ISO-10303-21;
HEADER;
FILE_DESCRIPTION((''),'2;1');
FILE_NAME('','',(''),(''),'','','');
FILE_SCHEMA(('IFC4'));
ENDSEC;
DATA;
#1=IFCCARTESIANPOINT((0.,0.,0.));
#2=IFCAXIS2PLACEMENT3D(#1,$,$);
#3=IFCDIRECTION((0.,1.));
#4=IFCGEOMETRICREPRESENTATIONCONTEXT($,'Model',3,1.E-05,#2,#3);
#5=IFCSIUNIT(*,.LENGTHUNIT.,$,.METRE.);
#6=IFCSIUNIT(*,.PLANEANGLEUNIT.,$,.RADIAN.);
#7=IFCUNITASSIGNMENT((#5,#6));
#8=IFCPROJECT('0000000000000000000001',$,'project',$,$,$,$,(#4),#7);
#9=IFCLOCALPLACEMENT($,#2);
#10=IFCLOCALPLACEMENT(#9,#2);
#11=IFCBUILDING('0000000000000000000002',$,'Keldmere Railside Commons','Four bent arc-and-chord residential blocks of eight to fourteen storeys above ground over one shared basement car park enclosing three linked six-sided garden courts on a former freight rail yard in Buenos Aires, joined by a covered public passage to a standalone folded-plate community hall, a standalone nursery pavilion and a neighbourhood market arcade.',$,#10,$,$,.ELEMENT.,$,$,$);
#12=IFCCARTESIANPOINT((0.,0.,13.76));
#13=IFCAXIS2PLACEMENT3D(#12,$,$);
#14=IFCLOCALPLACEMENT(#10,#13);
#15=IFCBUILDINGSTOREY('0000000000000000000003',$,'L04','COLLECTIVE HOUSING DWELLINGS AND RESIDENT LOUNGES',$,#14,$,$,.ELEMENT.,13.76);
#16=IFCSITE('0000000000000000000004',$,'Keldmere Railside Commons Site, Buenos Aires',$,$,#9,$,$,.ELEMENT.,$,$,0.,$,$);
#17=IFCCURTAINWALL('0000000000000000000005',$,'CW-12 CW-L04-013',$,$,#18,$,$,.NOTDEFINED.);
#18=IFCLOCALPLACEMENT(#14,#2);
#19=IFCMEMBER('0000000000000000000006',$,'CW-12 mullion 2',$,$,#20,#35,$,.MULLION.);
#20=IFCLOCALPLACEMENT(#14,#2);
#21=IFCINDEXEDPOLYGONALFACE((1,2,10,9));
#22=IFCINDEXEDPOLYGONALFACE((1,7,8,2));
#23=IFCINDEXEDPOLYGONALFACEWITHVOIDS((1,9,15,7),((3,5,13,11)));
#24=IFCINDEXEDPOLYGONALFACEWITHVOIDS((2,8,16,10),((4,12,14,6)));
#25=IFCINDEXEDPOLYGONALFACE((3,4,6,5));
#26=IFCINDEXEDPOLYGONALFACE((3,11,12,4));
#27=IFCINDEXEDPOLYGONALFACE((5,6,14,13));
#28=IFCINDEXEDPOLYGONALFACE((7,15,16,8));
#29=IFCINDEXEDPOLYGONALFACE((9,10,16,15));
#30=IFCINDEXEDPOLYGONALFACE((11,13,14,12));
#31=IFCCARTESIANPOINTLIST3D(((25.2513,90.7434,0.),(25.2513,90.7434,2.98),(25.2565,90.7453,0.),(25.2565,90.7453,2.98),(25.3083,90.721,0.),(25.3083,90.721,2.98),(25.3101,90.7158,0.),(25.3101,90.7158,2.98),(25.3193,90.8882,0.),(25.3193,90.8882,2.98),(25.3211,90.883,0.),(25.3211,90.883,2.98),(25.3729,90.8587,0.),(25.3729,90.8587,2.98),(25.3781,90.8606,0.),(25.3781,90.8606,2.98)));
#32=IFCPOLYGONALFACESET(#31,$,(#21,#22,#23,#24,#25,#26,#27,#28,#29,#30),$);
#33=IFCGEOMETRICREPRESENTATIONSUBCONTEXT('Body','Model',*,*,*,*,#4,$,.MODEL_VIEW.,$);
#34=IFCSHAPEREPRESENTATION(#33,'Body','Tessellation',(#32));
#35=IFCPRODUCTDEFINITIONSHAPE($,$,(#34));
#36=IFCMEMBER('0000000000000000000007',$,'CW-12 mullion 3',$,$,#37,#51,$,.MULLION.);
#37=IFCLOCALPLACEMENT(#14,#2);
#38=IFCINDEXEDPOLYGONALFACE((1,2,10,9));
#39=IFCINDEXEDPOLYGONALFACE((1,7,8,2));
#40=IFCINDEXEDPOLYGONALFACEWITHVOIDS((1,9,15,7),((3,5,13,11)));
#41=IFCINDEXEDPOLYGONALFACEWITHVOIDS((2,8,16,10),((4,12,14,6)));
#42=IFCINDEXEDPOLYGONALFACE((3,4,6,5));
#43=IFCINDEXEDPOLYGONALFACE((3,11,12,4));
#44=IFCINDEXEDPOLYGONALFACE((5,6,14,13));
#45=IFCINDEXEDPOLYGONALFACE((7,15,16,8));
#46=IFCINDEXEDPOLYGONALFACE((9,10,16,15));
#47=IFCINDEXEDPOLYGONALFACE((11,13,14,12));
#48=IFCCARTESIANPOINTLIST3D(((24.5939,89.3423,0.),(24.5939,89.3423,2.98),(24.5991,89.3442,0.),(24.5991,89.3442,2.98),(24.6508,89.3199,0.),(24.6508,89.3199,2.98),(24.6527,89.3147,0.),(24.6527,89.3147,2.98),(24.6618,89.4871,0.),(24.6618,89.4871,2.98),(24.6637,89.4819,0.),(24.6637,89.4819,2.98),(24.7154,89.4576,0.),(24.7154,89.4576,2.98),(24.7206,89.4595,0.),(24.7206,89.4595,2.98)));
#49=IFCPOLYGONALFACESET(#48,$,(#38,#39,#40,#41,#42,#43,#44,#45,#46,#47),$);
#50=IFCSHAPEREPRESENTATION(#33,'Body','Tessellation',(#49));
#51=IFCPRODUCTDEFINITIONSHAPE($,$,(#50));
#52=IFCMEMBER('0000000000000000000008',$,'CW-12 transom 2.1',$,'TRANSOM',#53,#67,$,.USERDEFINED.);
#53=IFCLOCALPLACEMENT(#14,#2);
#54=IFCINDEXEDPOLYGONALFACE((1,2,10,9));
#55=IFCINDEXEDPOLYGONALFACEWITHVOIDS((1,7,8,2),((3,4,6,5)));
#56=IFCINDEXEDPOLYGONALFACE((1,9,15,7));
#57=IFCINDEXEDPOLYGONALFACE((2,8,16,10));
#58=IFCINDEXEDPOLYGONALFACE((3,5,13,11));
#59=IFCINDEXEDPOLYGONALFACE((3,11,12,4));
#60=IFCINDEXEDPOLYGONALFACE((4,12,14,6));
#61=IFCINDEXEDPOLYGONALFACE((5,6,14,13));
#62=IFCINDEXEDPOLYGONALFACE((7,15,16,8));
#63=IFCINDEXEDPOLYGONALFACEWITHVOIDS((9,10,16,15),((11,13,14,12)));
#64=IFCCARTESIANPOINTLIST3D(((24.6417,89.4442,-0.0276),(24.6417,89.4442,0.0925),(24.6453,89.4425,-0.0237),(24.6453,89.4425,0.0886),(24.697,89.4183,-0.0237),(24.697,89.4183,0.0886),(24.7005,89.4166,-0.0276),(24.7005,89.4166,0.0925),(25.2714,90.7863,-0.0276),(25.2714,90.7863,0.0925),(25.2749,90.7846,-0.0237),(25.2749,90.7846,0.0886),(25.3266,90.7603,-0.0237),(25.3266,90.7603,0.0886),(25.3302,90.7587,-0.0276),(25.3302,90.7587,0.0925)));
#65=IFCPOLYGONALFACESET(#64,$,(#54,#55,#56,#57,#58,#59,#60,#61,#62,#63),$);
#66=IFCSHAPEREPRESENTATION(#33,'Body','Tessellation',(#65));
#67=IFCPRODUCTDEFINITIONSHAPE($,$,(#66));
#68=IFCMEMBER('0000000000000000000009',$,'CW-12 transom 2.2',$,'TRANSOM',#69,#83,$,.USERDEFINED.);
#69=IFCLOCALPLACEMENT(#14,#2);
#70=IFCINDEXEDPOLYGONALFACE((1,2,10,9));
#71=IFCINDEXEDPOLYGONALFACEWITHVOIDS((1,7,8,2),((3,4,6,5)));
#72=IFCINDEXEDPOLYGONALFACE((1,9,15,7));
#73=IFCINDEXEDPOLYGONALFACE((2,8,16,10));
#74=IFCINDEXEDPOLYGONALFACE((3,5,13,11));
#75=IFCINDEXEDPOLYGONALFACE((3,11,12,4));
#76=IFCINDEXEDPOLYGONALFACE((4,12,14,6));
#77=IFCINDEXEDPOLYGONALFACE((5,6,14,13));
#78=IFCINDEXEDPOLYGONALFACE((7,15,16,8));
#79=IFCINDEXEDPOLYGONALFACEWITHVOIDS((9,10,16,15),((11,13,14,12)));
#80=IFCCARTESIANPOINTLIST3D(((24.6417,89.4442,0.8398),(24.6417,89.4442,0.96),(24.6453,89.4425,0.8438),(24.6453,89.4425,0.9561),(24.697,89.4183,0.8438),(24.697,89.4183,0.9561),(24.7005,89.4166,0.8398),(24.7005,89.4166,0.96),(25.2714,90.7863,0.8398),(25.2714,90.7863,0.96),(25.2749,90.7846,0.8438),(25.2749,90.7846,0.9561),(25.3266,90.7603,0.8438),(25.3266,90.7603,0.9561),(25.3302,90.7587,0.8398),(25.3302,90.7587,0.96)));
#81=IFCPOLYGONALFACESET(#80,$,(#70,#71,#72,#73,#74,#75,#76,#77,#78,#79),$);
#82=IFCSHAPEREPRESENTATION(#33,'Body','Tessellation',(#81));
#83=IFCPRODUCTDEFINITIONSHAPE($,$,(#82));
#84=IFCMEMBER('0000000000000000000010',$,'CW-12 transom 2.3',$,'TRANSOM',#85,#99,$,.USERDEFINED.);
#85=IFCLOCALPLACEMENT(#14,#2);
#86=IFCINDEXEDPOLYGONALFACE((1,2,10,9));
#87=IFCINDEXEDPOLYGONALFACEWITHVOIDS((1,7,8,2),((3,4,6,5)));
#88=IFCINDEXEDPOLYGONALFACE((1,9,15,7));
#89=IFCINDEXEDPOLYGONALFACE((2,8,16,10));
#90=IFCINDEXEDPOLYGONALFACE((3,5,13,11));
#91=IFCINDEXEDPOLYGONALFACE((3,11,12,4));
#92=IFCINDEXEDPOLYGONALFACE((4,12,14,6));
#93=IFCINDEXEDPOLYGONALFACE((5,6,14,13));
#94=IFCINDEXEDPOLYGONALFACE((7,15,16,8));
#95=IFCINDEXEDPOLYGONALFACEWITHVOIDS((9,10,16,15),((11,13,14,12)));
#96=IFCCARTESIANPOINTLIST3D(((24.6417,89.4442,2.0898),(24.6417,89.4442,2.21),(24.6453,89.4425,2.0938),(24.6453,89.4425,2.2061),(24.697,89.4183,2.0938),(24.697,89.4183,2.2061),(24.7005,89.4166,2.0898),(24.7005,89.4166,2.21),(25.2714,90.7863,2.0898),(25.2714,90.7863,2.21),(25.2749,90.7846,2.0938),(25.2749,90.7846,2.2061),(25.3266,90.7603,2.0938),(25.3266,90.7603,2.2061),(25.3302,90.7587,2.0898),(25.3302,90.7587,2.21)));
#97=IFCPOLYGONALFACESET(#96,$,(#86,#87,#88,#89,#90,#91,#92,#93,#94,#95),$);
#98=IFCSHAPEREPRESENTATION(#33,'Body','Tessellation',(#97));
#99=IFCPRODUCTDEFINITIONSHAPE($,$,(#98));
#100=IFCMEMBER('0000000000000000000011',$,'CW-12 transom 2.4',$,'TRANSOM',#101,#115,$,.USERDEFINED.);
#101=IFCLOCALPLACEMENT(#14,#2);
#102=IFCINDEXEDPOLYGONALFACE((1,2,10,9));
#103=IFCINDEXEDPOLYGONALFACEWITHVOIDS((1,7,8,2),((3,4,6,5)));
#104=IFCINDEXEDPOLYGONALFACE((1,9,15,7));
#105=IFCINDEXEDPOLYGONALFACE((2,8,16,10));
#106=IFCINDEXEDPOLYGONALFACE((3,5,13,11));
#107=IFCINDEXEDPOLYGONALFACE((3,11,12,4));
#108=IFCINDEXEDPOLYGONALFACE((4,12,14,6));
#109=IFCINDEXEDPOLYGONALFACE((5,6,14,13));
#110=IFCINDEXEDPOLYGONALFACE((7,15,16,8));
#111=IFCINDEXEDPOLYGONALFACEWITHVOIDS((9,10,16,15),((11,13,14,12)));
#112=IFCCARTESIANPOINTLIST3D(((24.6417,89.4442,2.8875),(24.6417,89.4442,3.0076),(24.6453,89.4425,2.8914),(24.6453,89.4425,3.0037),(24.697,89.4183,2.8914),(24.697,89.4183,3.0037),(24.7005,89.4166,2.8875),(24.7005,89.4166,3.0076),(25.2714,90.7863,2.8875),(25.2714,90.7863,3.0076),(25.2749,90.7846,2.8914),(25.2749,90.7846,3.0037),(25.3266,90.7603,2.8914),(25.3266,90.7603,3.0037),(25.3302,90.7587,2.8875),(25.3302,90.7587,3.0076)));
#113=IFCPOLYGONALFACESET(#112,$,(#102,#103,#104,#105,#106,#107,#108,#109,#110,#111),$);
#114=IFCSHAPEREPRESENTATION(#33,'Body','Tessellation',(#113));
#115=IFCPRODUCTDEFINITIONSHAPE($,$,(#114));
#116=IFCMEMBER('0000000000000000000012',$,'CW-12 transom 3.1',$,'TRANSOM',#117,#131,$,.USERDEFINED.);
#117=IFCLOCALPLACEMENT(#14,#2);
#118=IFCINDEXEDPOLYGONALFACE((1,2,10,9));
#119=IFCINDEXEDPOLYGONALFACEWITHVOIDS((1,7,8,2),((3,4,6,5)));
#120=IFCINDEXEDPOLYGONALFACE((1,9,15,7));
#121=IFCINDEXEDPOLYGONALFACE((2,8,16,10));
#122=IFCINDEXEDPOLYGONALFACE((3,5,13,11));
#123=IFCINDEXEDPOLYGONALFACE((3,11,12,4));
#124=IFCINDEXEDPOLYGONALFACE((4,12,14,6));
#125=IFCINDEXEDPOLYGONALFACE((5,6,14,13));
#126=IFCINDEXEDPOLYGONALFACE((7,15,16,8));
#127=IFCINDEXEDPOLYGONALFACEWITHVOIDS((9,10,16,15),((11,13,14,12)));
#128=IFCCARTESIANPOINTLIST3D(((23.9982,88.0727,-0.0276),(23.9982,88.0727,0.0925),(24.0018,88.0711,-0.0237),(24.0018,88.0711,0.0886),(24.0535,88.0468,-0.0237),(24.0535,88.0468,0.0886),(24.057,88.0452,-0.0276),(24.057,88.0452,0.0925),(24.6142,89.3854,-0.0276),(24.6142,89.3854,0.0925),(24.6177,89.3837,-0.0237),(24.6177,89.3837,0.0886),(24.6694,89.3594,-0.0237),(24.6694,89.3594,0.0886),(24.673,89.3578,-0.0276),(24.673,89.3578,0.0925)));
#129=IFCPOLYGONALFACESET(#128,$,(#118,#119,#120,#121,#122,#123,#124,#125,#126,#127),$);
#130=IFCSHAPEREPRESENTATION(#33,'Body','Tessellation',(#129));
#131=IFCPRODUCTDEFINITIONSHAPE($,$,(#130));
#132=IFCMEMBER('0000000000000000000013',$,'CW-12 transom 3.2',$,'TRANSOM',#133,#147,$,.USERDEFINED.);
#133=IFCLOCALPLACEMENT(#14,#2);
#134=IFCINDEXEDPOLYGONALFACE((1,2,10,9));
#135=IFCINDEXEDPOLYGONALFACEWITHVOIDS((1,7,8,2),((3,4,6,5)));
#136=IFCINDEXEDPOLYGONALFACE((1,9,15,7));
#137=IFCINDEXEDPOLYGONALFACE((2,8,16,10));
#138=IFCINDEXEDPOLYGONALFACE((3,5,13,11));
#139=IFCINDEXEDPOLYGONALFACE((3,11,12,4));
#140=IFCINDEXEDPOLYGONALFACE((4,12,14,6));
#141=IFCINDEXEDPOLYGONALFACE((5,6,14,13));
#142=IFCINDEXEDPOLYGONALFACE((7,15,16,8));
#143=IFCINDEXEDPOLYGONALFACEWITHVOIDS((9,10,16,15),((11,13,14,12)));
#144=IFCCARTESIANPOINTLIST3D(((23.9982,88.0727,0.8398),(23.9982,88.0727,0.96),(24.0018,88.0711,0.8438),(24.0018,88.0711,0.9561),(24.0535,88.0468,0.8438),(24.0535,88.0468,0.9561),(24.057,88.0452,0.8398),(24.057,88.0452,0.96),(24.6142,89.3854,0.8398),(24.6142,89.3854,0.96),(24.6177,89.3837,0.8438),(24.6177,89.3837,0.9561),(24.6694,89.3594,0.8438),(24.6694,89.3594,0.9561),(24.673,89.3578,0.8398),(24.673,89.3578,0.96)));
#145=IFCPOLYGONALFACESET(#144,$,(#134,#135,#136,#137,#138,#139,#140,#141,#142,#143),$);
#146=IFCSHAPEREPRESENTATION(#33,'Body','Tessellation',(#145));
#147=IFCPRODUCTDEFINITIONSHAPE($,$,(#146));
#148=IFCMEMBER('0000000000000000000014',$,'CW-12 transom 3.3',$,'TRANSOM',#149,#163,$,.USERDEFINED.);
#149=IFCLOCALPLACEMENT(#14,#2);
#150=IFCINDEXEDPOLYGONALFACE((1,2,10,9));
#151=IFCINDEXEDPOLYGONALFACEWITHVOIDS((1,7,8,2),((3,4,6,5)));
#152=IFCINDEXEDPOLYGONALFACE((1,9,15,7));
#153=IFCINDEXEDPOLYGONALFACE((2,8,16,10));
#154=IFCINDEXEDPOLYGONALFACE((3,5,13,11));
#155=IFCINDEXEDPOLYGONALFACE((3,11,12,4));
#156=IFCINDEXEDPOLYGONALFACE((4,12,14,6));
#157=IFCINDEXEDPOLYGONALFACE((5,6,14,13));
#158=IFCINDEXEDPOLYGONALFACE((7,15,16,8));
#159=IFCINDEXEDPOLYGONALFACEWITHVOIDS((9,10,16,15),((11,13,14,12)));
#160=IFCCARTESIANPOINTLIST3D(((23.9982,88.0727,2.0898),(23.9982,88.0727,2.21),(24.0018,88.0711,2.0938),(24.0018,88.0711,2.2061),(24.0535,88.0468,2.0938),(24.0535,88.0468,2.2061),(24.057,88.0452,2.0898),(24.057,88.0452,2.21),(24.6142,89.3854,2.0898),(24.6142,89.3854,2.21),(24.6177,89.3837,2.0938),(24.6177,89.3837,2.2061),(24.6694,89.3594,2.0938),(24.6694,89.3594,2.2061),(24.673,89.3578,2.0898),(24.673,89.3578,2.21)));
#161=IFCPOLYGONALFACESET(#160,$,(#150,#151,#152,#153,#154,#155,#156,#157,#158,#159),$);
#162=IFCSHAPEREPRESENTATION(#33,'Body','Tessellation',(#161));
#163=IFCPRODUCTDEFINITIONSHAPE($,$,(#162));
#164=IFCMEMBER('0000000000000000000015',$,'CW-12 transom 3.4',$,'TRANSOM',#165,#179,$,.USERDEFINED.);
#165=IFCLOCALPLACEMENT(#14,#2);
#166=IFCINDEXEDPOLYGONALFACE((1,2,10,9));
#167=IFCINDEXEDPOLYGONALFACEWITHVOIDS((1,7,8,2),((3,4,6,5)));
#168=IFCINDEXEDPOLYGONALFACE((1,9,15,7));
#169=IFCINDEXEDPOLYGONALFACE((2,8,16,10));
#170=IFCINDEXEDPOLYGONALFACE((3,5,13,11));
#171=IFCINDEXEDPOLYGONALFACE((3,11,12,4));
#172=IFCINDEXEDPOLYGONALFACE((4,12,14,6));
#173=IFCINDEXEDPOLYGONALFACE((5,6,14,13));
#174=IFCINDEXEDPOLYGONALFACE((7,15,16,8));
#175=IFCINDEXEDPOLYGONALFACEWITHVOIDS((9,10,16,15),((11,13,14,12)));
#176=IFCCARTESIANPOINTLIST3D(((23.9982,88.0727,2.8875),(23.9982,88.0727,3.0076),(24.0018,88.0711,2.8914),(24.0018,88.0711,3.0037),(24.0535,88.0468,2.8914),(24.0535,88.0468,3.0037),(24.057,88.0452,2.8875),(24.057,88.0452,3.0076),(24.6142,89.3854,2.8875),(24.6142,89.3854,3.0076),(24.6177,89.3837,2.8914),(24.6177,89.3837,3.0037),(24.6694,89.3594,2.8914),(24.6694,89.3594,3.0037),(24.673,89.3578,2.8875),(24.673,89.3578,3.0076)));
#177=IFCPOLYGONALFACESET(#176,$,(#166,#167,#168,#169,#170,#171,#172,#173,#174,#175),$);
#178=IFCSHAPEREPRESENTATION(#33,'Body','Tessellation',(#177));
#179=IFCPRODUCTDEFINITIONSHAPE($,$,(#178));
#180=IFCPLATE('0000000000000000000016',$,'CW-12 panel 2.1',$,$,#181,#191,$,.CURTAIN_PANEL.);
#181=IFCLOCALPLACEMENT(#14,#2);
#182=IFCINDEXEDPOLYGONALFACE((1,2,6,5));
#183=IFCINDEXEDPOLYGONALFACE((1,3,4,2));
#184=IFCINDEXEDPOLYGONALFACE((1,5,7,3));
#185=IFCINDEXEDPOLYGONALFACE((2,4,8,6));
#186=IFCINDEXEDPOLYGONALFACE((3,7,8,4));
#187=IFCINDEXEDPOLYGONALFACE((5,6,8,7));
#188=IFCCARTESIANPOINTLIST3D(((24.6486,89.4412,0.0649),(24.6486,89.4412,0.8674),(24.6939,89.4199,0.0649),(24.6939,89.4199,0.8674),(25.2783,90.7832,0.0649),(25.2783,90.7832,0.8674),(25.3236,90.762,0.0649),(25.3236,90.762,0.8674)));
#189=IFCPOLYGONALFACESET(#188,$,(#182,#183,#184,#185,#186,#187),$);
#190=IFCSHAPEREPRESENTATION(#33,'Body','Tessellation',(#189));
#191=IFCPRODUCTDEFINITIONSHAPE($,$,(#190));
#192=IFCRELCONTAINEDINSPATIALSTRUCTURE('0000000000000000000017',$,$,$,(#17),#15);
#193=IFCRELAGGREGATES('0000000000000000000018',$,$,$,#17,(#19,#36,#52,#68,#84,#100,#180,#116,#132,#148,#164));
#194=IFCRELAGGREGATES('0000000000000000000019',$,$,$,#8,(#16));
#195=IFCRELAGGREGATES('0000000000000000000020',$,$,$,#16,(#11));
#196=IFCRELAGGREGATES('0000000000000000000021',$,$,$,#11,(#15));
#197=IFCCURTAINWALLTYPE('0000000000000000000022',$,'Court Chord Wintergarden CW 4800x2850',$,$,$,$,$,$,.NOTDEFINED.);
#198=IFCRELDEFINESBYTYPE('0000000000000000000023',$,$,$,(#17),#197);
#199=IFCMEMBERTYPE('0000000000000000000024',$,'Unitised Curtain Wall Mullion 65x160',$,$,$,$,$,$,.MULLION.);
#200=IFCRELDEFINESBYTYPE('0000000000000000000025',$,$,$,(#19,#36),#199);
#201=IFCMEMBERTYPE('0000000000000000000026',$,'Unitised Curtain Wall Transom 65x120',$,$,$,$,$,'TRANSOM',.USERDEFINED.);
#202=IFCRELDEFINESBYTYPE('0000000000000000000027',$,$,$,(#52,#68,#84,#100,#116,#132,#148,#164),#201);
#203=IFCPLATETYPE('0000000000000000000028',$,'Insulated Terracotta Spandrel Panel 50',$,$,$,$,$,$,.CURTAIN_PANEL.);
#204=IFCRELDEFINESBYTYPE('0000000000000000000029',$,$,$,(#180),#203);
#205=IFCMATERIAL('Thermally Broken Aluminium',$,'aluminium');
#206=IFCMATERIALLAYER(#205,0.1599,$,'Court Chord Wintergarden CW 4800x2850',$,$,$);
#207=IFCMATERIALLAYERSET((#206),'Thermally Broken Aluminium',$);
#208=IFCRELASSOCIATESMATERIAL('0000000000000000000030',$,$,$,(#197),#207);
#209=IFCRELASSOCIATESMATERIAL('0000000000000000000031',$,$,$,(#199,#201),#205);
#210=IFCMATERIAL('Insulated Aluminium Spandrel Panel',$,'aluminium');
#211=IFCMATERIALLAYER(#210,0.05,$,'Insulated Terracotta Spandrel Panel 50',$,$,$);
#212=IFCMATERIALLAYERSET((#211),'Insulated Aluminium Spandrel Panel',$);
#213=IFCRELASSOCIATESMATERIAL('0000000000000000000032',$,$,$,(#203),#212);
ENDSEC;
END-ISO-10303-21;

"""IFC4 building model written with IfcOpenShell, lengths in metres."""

from ifc_helpers import new_model, si_unit, direction, frame, origin, origin_2d, place, context, subcontext, project, spatial, rectangle, hollow_rectangle, extrude, material, layer, layer_set, material_profile, profile_set, type_object, element, aggregate, save


model = new_model("IFC4")

# Units and contexts
model_context = context("Model", 3, precision=1e-05, world=origin(), true_north=direction((0.0, 1.0)))
body_context = subcontext(model_context, "Body", "Model", "MODEL_VIEW")
ifc_project = project(units=[si_unit("LENGTHUNIT", "METRE"), si_unit("PLANEANGLEUNIT", "RADIAN")], contexts=[model_context])

# Site, building, storey
site_placement = place(None, origin())
site = spatial("IfcSite", under=ifc_project, at=site_placement, Name="Keldmere Railside Commons Site, Buenos Aires", CompositionType="ELEMENT", RefElevation=0.0)
building_placement = place(site_placement, origin())
building = spatial("IfcBuilding", under=site, at=building_placement, Name="Keldmere Railside Commons", Description="Four bent arc-and-chord residential blocks of eight to fourteen storeys above ground over one shared basement car park enclosing three linked six-sided garden courts on a former freight rail yard in Buenos Aires, joined by a covered public passage to a standalone folded-plate community hall, a standalone nursery pavilion and a neighbourhood market arcade.", CompositionType="ELEMENT")
storey_placement = place(building_placement, frame((0.0, 0.0, 13.76)))
storey = spatial("IfcBuildingStorey", under=building, at=storey_placement, Name="L04", Description="COLLECTIVE HOUSING DWELLINGS AND RESIDENT LOUNGES", CompositionType="ELEMENT", Elevation=13.76)

# Curtain wall, members, plate
ifc_material_1 = material(Name="Thermally Broken Aluminium", Category="aluminium")
ifc_layer_1 = layer(ifc_material_1, 0.1599, Name="Court Chord Wintergarden CW 4800x2850")
ifc_layer_set_1 = layer_set([ifc_layer_1], Name="Thermally Broken Aluminium")
curtain_wall_type = type_object("IfcCurtainWallType", Name="Court Chord Wintergarden CW 4800x2850", PredefinedType="NOTDEFINED", material=ifc_layer_set_1)
curtain_wall_placement = place(storey_placement, origin())
curtain_wall = element("IfcCurtainWall", 1, at=curtain_wall_placement, inside=storey, type_object=curtain_wall_type, Name="CW-12 CW-L04-013", PredefinedType="NOTDEFINED")
ifc_material_profile_1 = material_profile(ifc_material_1, hollow_rectangle(XDim=0.0649, YDim=0.1599, WallThickness=0.0039, at=origin_2d()), Name="ALU-MULL-65x160")
ifc_profile_set_1 = profile_set([ifc_material_profile_1], Name="Thermally Broken Aluminium")
member_type_1 = type_object("IfcMemberType", Name="Unitised Curtain Wall Mullion 65x160", PredefinedType="MULLION", material=ifc_profile_set_1)
member_1_placement = place(storey_placement, frame((25.3147, 90.802, 0.0), z_axis=(0.0, 0.0, 1.0), x_axis=(0.905306, -0.424759, 0.0)))
member_1 = element("IfcMember", 2, at=member_1_placement, type_object=member_type_1, Name="CW-12 mullion 2", PredefinedType="MULLION", context=body_context, shape_type="SweptSolid", body=[
    extrude(hollow_rectangle(XDim=0.0649, YDim=0.1599, WallThickness=0.0039, at=origin_2d()), origin(), (0.0, 0.0, 1.0), 2.98),
])
member_2_placement = place(storey_placement, frame((24.6572, 89.4009, 0.0), z_axis=(0.0, 0.0, 1.0), x_axis=(0.905306, -0.424759, 0.0)))
member_2 = element("IfcMember", 3, at=member_2_placement, type_object=member_type_1, Name="CW-12 mullion 3", PredefinedType="MULLION", context=body_context, shape_type="SweptSolid", body=[
    extrude(hollow_rectangle(XDim=0.0649, YDim=0.1599, WallThickness=0.0039, at=origin_2d()), origin(), (0.0, 0.0, 1.0), 2.98),
])
ifc_material_profile_2 = material_profile(ifc_material_1, hollow_rectangle(XDim=0.0649, YDim=0.1201, WallThickness=0.0039, at=origin_2d()), Name="ALU-TRAN-65x120")
ifc_profile_set_2 = profile_set([ifc_material_profile_2], Name="Thermally Broken Aluminium")
member_type_2 = type_object("IfcMemberType", Name="Unitised Curtain Wall Transom 65x120", ElementType="TRANSOM", PredefinedType="USERDEFINED", material=ifc_profile_set_2)
member_3_placement = place(storey_placement, frame((25.3008, 90.7725, 0.0325), z_axis=(-0.424742, -0.905314, 0.0), x_axis=(0.905314, -0.424742, 0.0)))
member_3 = element("IfcMember", 4, at=member_3_placement, type_object=member_type_2, Name="CW-12 transom 2.1", ObjectType="TRANSOM", PredefinedType="USERDEFINED", context=body_context, shape_type="SweptSolid", body=[
    extrude(hollow_rectangle(XDim=0.0649, YDim=0.1201, WallThickness=0.0039, at=origin_2d()), origin(), (0.0, 0.0, 1.0), 1.4824),
])
member_4_placement = place(storey_placement, frame((25.3008, 90.7725, 0.8999), z_axis=(-0.424742, -0.905314, 0.0), x_axis=(0.905314, -0.424742, 0.0)))
member_4 = element("IfcMember", 5, at=member_4_placement, type_object=member_type_2, Name="CW-12 transom 2.2", ObjectType="TRANSOM", PredefinedType="USERDEFINED", context=body_context, shape_type="SweptSolid", body=[
    extrude(hollow_rectangle(XDim=0.0649, YDim=0.1201, WallThickness=0.0039, at=origin_2d()), origin(), (0.0, 0.0, 1.0), 1.4824),
])
member_5_placement = place(storey_placement, frame((25.3008, 90.7725, 2.1499), z_axis=(-0.424742, -0.905314, 0.0), x_axis=(0.905314, -0.424742, 0.0)))
member_5 = element("IfcMember", 6, at=member_5_placement, type_object=member_type_2, Name="CW-12 transom 2.3", ObjectType="TRANSOM", PredefinedType="USERDEFINED", context=body_context, shape_type="SweptSolid", body=[
    extrude(hollow_rectangle(XDim=0.0649, YDim=0.1201, WallThickness=0.0039, at=origin_2d()), origin(), (0.0, 0.0, 1.0), 1.4824),
])
member_6_placement = place(storey_placement, frame((25.3008, 90.7725, 2.9475), z_axis=(-0.424742, -0.905314, 0.0), x_axis=(0.905314, -0.424742, 0.0)))
member_6 = element("IfcMember", 7, at=member_6_placement, type_object=member_type_2, Name="CW-12 transom 2.4", ObjectType="TRANSOM", PredefinedType="USERDEFINED", context=body_context, shape_type="SweptSolid", body=[
    extrude(hollow_rectangle(XDim=0.0649, YDim=0.1201, WallThickness=0.0039, at=origin_2d()), origin(), (0.0, 0.0, 1.0), 1.4824),
])
member_7_placement = place(storey_placement, frame((24.6436, 89.3716, 0.0325), z_axis=(-0.424783, -0.905295, 0.0), x_axis=(0.905295, -0.424783, 0.0)))
member_7 = element("IfcMember", 8, at=member_7_placement, type_object=member_type_2, Name="CW-12 transom 3.1", ObjectType="TRANSOM", PredefinedType="USERDEFINED", context=body_context, shape_type="SweptSolid", body=[
    extrude(hollow_rectangle(XDim=0.0649, YDim=0.1201, WallThickness=0.0039, at=origin_2d()), origin(), (0.0, 0.0, 1.0), 1.45),
])
member_8_placement = place(storey_placement, frame((24.6436, 89.3716, 0.8999), z_axis=(-0.424783, -0.905295, 0.0), x_axis=(0.905295, -0.424783, 0.0)))
member_8 = element("IfcMember", 9, at=member_8_placement, type_object=member_type_2, Name="CW-12 transom 3.2", ObjectType="TRANSOM", PredefinedType="USERDEFINED", context=body_context, shape_type="SweptSolid", body=[
    extrude(hollow_rectangle(XDim=0.0649, YDim=0.1201, WallThickness=0.0039, at=origin_2d()), origin(), (0.0, 0.0, 1.0), 1.45),
])
member_9_placement = place(storey_placement, frame((24.6436, 89.3716, 2.1499), z_axis=(-0.424783, -0.905295, 0.0), x_axis=(0.905295, -0.424783, 0.0)))
member_9 = element("IfcMember", 10, at=member_9_placement, type_object=member_type_2, Name="CW-12 transom 3.3", ObjectType="TRANSOM", PredefinedType="USERDEFINED", context=body_context, shape_type="SweptSolid", body=[
    extrude(hollow_rectangle(XDim=0.0649, YDim=0.1201, WallThickness=0.0039, at=origin_2d()), origin(), (0.0, 0.0, 1.0), 1.45),
])
member_10_placement = place(storey_placement, frame((24.6436, 89.3716, 2.9475), z_axis=(-0.424783, -0.905295, 0.0), x_axis=(0.905295, -0.424783, 0.0)))
member_10 = element("IfcMember", 11, at=member_10_placement, type_object=member_type_2, Name="CW-12 transom 3.4", ObjectType="TRANSOM", PredefinedType="USERDEFINED", context=body_context, shape_type="SweptSolid", body=[
    extrude(hollow_rectangle(XDim=0.0649, YDim=0.1201, WallThickness=0.0039, at=origin_2d()), origin(), (0.0, 0.0, 1.0), 1.45),
])
ifc_material_2 = material(Name="Insulated Aluminium Spandrel Panel", Category="aluminium")
ifc_layer_2 = layer(ifc_material_2, 0.05, Name="Insulated Terracotta Spandrel Panel 50")
ifc_layer_set_2 = layer_set([ifc_layer_2], Name="Insulated Aluminium Spandrel Panel")
plate_type = type_object("IfcPlateType", Name="Insulated Terracotta Spandrel Panel 50", PredefinedType="CURTAIN_PANEL", material=ifc_layer_set_2)
plate_1_placement = place(storey_placement, frame((24.9861, 90.1016, 0.0649), z_axis=(0.0, 0.0, 1.0), x_axis=(-0.424759, -0.905306, 0.0)))
plate_1 = element("IfcPlate", 12, at=plate_1_placement, type_object=plate_type, Name="CW-12 panel 2.1", PredefinedType="CURTAIN_PANEL", context=body_context, shape_type="SweptSolid", body=[
    extrude(rectangle(XDim=1.4824, YDim=0.05, at=origin_2d()), origin(), (0.0, 0.0, 1.0), 0.8025),
])
aggregate(curtain_wall, [member_1, member_2, member_3, member_4, member_5, member_6, plate_1, member_7, member_8, member_9, member_10])

save(model, "model.ifc")
